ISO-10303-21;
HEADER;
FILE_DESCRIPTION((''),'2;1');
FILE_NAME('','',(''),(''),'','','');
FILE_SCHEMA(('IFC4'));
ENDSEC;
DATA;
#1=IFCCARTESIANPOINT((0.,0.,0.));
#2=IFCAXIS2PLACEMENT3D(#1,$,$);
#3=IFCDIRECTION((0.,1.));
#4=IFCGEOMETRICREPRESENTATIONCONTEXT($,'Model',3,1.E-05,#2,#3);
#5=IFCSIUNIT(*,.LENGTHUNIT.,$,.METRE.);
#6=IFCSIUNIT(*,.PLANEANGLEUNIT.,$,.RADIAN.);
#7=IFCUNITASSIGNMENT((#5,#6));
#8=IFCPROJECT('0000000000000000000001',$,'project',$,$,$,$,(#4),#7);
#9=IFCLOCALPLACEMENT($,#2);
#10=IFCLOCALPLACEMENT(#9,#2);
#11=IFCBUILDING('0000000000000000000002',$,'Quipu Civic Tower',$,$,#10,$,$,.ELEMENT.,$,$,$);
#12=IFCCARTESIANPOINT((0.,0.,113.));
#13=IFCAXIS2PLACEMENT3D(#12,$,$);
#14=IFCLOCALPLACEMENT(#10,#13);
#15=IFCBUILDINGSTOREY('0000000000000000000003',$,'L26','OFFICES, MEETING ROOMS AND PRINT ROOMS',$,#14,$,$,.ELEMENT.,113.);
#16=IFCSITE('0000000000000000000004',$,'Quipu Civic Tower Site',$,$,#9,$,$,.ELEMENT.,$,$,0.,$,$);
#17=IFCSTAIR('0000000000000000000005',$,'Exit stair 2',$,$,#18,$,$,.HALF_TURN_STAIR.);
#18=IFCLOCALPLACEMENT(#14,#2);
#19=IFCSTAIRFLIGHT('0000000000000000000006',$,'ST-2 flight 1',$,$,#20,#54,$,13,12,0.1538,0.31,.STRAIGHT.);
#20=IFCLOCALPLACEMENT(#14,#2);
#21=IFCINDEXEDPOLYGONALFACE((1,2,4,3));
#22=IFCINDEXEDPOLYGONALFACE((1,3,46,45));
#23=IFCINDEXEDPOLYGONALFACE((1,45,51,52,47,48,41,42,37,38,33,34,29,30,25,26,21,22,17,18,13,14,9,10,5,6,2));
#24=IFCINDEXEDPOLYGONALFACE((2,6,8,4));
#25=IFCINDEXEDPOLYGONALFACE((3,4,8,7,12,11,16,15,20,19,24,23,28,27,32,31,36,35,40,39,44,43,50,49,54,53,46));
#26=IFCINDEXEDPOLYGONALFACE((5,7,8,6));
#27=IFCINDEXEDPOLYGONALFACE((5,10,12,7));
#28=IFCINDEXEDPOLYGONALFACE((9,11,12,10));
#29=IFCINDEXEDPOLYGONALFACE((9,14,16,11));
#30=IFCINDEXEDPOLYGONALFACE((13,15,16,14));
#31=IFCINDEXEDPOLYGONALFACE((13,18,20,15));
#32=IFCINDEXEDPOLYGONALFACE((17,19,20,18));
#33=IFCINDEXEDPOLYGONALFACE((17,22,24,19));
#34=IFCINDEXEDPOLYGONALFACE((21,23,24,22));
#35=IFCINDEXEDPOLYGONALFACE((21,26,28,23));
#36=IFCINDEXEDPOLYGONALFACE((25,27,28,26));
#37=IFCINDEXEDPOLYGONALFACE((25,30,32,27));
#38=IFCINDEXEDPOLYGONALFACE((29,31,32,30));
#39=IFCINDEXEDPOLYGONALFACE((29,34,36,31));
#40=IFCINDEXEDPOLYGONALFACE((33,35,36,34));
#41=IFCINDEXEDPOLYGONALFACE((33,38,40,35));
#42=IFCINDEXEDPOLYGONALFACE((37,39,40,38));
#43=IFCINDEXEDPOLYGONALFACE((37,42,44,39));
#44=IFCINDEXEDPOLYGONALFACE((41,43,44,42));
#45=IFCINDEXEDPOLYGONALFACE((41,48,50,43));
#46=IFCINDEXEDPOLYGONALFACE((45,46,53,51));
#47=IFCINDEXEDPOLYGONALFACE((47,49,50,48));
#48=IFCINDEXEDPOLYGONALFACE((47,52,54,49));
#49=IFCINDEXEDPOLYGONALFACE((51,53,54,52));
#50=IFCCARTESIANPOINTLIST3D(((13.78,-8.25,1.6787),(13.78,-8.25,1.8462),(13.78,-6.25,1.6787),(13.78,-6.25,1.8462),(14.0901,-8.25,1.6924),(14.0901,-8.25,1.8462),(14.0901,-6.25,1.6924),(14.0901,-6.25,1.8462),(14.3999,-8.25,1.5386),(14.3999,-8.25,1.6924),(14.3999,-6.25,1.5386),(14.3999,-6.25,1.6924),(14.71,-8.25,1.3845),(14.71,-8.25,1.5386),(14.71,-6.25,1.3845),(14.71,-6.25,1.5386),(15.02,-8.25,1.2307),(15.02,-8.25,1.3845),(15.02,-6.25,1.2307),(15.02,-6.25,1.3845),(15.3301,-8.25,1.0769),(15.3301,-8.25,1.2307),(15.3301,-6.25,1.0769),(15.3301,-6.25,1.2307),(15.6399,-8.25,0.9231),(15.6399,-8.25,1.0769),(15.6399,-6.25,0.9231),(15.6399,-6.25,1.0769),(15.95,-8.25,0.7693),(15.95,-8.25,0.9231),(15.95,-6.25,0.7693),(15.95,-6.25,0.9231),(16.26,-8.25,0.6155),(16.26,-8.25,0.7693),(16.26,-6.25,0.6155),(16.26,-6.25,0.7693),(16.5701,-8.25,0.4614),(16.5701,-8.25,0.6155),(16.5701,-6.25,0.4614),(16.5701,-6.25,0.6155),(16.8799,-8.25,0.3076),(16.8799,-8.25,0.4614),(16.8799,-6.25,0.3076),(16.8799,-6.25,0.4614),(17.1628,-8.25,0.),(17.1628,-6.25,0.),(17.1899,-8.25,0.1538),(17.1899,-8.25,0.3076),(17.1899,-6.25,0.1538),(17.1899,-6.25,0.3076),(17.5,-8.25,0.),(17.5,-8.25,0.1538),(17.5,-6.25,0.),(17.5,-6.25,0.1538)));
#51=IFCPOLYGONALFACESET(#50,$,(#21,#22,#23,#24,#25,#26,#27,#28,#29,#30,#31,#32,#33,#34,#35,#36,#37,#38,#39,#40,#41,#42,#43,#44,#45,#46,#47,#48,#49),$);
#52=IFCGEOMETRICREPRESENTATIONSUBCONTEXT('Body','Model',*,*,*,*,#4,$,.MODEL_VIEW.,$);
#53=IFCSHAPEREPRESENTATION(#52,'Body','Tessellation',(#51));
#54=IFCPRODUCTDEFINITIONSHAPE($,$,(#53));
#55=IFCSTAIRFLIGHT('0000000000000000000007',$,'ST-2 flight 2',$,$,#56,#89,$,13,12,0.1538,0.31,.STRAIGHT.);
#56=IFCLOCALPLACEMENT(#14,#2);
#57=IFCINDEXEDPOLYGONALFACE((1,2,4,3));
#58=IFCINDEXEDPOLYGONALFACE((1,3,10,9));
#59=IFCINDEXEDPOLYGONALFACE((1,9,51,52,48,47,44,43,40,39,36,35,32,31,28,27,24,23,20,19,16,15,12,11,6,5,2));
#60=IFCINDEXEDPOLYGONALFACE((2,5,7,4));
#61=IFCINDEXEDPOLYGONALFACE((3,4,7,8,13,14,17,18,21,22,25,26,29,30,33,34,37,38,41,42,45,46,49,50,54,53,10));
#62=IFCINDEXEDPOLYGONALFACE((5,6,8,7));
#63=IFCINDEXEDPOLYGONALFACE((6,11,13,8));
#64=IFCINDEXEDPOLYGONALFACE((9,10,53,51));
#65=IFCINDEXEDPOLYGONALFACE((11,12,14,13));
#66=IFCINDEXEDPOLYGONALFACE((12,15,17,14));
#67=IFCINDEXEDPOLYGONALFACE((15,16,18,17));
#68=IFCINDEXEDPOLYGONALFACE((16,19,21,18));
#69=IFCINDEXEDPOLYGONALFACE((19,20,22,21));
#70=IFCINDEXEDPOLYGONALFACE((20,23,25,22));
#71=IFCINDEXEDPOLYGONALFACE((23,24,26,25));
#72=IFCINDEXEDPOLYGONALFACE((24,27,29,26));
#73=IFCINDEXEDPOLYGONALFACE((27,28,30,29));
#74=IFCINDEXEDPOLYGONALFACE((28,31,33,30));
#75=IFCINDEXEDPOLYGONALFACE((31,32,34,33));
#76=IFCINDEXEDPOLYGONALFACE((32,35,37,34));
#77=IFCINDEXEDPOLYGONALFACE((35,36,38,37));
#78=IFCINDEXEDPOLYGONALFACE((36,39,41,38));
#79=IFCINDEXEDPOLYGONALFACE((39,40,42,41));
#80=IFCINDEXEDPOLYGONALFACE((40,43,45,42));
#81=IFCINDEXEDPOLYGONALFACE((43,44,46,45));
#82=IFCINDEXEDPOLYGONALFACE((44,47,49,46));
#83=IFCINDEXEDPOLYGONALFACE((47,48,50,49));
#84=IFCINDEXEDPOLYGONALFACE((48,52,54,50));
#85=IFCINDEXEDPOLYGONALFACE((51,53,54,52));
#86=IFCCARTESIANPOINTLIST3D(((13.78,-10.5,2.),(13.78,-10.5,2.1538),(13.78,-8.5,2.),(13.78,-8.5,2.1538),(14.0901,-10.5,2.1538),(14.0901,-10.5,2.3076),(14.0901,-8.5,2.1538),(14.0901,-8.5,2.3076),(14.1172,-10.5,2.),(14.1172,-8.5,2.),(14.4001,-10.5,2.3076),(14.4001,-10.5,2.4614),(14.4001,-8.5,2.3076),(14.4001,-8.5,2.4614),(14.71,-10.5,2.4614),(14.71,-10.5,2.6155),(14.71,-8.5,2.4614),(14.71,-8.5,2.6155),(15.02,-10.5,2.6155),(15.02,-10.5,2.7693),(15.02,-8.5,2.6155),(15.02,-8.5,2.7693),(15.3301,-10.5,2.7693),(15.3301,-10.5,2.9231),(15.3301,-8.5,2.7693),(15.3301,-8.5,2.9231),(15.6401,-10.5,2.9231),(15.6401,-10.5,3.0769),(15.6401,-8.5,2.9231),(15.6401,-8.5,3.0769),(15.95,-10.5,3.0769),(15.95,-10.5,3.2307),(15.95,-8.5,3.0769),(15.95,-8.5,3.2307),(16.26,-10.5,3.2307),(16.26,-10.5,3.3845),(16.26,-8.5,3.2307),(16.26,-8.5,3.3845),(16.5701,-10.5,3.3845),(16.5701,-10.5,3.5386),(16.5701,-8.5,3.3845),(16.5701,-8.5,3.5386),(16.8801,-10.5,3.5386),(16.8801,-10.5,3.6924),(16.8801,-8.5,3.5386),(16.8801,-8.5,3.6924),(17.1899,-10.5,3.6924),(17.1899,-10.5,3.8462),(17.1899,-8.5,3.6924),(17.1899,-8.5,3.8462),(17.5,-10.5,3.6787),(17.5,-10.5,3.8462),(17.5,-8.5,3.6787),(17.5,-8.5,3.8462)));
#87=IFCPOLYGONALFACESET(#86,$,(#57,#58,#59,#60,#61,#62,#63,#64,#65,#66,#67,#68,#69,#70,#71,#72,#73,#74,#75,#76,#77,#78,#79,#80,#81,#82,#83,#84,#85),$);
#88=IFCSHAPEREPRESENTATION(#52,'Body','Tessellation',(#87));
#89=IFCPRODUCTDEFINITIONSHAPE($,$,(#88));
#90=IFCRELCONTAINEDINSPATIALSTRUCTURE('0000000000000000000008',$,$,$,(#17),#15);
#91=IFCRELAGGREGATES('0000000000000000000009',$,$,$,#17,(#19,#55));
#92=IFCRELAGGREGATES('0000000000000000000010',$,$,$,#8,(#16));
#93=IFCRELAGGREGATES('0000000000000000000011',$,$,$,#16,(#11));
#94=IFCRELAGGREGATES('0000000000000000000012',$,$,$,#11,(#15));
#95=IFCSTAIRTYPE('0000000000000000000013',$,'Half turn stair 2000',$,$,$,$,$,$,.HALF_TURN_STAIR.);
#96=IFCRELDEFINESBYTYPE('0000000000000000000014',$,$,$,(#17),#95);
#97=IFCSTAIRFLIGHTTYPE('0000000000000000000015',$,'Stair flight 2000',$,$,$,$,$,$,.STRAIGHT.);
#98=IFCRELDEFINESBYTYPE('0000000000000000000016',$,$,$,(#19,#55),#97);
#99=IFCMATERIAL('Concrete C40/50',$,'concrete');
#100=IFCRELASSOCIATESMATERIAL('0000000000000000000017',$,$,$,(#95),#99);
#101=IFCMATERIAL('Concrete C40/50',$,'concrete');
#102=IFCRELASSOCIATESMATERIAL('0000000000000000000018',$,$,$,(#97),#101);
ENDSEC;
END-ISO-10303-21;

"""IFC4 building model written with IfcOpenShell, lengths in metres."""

from ifc_helpers import new_model, si_unit, direction, frame, origin, place, context, subcontext, project, spatial, polyline, outline, extrude, material, type_object, element, aggregate, save


model = new_model("IFC4")

# Units and contexts
model_context = context("Model", 3, precision=1e-05, world=origin(), true_north=direction((0.0, 1.0)))
body_context = subcontext(model_context, "Body", "Model", "MODEL_VIEW")
ifc_project = project(units=[si_unit("LENGTHUNIT", "METRE"), si_unit("PLANEANGLEUNIT", "RADIAN")], contexts=[model_context])

# Site, building, storey
site_placement = place(None, origin())
site = spatial("IfcSite", under=ifc_project, at=site_placement, Name="Quipu Civic Tower Site", CompositionType="ELEMENT", RefElevation=0.0)
building_placement = place(site_placement, origin())
building = spatial("IfcBuilding", under=site, at=building_placement, Name="Quipu Civic Tower", CompositionType="ELEMENT")
storey_placement = place(building_placement, frame((0.0, 0.0, 113.0)))
storey = spatial("IfcBuildingStorey", under=building, at=storey_placement, Name="L26", Description="OFFICES, MEETING ROOMS AND PRINT ROOMS", CompositionType="ELEMENT", Elevation=113.0)

# Stair, stair flights
ifc_material_1 = material(Name="Concrete C40/50", Category="concrete")
stair_type = type_object("IfcStairType", Name="Half turn stair 2000", PredefinedType="HALF_TURN_STAIR", material=ifc_material_1)
stair_placement = place(storey_placement, origin())
stair = element("IfcStair", 1, at=stair_placement, inside=storey, type_object=stair_type, Name="Exit stair 2", PredefinedType="HALF_TURN_STAIR")
ifc_material_2 = material(Name="Concrete C40/50", Category="concrete")
stair_flight_type = type_object("IfcStairFlightType", Name="Stair flight 2000", PredefinedType="STRAIGHT", material=ifc_material_2)
stair_flight_1_placement = place(storey_placement, frame((17.5, -7.25, 0.0), z_axis=(0.0, 0.0, 1.0), x_axis=(-1.0, 0.0, 0.0)))
stair_flight_1 = element("IfcStairFlight", 2, at=stair_flight_1_placement, type_object=stair_flight_type, Name="ST-2 flight 1", NumberOfRisers=13, NumberOfTreads=12, PredefinedType="STRAIGHT", RiserHeight=0.1538, TreadLength=0.31, context=body_context, shape_type="SweptSolid", body=[
    extrude(outline(polyline([(0.0, 0.0), (0.0, 0.1538), (0.3101, 0.1538), (0.3101, 0.3076), (0.6201, 0.3076), (0.6201, 0.4614), (0.9299, 0.4614), (0.9299, 0.6155), (1.24, 0.6155), (1.24, 0.7693), (1.55, 0.7693), (1.55, 0.9231), (1.8601, 0.9231), (1.8601, 1.0769), (2.1699, 1.0769), (2.1699, 1.2307), (2.48, 1.2307), (2.48, 1.3845), (2.79, 1.3845), (2.79, 1.5386), (3.1001, 1.5386), (3.1001, 1.6924), (3.4099, 1.6924), (3.4099, 1.8462), (3.72, 1.8462), (3.72, 2.0), (3.72, 1.6787), (0.3372, 0.0), (0.0, 0.0)])), frame((0.0, 1.0, 0.0), z_axis=(0.0, -1.0, 0.0), x_axis=(1.0, 0.0, 0.0)), (0.0, 0.0, 1.0), 2.0),
])
stair_flight_2_placement = place(storey_placement, frame((13.78, -9.5, 2.0), z_axis=(0.0, 0.0, 1.0), x_axis=(1.0, 0.0, 0.0)))
stair_flight_2 = element("IfcStairFlight", 3, at=stair_flight_2_placement, type_object=stair_flight_type, Name="ST-2 flight 2", NumberOfRisers=13, NumberOfTreads=12, PredefinedType="STRAIGHT", RiserHeight=0.1538, TreadLength=0.31, context=body_context, shape_type="SweptSolid", body=[
    extrude(outline(polyline([(0.0, 0.0), (0.0, 0.1538), (0.3101, 0.1538), (0.3101, 0.3076), (0.6201, 0.3076), (0.6201, 0.4614), (0.9299, 0.4614), (0.9299, 0.6155), (1.24, 0.6155), (1.24, 0.7693), (1.55, 0.7693), (1.55, 0.9231), (1.8601, 0.9231), (1.8601, 1.0769), (2.1699, 1.0769), (2.1699, 1.2307), (2.48, 1.2307), (2.48, 1.3845), (2.79, 1.3845), (2.79, 1.5386), (3.1001, 1.5386), (3.1001, 1.6924), (3.4099, 1.6924), (3.4099, 1.8462), (3.72, 1.8462), (3.72, 2.0), (3.72, 1.6787), (0.3372, 0.0), (0.0, 0.0)])), frame((0.0, 1.0, 0.0), z_axis=(0.0, -1.0, 0.0), x_axis=(1.0, 0.0, 0.0)), (0.0, 0.0, 1.0), 2.0),
])
aggregate(stair, [stair_flight_1, stair_flight_2])

save(model, "model.ifc")
